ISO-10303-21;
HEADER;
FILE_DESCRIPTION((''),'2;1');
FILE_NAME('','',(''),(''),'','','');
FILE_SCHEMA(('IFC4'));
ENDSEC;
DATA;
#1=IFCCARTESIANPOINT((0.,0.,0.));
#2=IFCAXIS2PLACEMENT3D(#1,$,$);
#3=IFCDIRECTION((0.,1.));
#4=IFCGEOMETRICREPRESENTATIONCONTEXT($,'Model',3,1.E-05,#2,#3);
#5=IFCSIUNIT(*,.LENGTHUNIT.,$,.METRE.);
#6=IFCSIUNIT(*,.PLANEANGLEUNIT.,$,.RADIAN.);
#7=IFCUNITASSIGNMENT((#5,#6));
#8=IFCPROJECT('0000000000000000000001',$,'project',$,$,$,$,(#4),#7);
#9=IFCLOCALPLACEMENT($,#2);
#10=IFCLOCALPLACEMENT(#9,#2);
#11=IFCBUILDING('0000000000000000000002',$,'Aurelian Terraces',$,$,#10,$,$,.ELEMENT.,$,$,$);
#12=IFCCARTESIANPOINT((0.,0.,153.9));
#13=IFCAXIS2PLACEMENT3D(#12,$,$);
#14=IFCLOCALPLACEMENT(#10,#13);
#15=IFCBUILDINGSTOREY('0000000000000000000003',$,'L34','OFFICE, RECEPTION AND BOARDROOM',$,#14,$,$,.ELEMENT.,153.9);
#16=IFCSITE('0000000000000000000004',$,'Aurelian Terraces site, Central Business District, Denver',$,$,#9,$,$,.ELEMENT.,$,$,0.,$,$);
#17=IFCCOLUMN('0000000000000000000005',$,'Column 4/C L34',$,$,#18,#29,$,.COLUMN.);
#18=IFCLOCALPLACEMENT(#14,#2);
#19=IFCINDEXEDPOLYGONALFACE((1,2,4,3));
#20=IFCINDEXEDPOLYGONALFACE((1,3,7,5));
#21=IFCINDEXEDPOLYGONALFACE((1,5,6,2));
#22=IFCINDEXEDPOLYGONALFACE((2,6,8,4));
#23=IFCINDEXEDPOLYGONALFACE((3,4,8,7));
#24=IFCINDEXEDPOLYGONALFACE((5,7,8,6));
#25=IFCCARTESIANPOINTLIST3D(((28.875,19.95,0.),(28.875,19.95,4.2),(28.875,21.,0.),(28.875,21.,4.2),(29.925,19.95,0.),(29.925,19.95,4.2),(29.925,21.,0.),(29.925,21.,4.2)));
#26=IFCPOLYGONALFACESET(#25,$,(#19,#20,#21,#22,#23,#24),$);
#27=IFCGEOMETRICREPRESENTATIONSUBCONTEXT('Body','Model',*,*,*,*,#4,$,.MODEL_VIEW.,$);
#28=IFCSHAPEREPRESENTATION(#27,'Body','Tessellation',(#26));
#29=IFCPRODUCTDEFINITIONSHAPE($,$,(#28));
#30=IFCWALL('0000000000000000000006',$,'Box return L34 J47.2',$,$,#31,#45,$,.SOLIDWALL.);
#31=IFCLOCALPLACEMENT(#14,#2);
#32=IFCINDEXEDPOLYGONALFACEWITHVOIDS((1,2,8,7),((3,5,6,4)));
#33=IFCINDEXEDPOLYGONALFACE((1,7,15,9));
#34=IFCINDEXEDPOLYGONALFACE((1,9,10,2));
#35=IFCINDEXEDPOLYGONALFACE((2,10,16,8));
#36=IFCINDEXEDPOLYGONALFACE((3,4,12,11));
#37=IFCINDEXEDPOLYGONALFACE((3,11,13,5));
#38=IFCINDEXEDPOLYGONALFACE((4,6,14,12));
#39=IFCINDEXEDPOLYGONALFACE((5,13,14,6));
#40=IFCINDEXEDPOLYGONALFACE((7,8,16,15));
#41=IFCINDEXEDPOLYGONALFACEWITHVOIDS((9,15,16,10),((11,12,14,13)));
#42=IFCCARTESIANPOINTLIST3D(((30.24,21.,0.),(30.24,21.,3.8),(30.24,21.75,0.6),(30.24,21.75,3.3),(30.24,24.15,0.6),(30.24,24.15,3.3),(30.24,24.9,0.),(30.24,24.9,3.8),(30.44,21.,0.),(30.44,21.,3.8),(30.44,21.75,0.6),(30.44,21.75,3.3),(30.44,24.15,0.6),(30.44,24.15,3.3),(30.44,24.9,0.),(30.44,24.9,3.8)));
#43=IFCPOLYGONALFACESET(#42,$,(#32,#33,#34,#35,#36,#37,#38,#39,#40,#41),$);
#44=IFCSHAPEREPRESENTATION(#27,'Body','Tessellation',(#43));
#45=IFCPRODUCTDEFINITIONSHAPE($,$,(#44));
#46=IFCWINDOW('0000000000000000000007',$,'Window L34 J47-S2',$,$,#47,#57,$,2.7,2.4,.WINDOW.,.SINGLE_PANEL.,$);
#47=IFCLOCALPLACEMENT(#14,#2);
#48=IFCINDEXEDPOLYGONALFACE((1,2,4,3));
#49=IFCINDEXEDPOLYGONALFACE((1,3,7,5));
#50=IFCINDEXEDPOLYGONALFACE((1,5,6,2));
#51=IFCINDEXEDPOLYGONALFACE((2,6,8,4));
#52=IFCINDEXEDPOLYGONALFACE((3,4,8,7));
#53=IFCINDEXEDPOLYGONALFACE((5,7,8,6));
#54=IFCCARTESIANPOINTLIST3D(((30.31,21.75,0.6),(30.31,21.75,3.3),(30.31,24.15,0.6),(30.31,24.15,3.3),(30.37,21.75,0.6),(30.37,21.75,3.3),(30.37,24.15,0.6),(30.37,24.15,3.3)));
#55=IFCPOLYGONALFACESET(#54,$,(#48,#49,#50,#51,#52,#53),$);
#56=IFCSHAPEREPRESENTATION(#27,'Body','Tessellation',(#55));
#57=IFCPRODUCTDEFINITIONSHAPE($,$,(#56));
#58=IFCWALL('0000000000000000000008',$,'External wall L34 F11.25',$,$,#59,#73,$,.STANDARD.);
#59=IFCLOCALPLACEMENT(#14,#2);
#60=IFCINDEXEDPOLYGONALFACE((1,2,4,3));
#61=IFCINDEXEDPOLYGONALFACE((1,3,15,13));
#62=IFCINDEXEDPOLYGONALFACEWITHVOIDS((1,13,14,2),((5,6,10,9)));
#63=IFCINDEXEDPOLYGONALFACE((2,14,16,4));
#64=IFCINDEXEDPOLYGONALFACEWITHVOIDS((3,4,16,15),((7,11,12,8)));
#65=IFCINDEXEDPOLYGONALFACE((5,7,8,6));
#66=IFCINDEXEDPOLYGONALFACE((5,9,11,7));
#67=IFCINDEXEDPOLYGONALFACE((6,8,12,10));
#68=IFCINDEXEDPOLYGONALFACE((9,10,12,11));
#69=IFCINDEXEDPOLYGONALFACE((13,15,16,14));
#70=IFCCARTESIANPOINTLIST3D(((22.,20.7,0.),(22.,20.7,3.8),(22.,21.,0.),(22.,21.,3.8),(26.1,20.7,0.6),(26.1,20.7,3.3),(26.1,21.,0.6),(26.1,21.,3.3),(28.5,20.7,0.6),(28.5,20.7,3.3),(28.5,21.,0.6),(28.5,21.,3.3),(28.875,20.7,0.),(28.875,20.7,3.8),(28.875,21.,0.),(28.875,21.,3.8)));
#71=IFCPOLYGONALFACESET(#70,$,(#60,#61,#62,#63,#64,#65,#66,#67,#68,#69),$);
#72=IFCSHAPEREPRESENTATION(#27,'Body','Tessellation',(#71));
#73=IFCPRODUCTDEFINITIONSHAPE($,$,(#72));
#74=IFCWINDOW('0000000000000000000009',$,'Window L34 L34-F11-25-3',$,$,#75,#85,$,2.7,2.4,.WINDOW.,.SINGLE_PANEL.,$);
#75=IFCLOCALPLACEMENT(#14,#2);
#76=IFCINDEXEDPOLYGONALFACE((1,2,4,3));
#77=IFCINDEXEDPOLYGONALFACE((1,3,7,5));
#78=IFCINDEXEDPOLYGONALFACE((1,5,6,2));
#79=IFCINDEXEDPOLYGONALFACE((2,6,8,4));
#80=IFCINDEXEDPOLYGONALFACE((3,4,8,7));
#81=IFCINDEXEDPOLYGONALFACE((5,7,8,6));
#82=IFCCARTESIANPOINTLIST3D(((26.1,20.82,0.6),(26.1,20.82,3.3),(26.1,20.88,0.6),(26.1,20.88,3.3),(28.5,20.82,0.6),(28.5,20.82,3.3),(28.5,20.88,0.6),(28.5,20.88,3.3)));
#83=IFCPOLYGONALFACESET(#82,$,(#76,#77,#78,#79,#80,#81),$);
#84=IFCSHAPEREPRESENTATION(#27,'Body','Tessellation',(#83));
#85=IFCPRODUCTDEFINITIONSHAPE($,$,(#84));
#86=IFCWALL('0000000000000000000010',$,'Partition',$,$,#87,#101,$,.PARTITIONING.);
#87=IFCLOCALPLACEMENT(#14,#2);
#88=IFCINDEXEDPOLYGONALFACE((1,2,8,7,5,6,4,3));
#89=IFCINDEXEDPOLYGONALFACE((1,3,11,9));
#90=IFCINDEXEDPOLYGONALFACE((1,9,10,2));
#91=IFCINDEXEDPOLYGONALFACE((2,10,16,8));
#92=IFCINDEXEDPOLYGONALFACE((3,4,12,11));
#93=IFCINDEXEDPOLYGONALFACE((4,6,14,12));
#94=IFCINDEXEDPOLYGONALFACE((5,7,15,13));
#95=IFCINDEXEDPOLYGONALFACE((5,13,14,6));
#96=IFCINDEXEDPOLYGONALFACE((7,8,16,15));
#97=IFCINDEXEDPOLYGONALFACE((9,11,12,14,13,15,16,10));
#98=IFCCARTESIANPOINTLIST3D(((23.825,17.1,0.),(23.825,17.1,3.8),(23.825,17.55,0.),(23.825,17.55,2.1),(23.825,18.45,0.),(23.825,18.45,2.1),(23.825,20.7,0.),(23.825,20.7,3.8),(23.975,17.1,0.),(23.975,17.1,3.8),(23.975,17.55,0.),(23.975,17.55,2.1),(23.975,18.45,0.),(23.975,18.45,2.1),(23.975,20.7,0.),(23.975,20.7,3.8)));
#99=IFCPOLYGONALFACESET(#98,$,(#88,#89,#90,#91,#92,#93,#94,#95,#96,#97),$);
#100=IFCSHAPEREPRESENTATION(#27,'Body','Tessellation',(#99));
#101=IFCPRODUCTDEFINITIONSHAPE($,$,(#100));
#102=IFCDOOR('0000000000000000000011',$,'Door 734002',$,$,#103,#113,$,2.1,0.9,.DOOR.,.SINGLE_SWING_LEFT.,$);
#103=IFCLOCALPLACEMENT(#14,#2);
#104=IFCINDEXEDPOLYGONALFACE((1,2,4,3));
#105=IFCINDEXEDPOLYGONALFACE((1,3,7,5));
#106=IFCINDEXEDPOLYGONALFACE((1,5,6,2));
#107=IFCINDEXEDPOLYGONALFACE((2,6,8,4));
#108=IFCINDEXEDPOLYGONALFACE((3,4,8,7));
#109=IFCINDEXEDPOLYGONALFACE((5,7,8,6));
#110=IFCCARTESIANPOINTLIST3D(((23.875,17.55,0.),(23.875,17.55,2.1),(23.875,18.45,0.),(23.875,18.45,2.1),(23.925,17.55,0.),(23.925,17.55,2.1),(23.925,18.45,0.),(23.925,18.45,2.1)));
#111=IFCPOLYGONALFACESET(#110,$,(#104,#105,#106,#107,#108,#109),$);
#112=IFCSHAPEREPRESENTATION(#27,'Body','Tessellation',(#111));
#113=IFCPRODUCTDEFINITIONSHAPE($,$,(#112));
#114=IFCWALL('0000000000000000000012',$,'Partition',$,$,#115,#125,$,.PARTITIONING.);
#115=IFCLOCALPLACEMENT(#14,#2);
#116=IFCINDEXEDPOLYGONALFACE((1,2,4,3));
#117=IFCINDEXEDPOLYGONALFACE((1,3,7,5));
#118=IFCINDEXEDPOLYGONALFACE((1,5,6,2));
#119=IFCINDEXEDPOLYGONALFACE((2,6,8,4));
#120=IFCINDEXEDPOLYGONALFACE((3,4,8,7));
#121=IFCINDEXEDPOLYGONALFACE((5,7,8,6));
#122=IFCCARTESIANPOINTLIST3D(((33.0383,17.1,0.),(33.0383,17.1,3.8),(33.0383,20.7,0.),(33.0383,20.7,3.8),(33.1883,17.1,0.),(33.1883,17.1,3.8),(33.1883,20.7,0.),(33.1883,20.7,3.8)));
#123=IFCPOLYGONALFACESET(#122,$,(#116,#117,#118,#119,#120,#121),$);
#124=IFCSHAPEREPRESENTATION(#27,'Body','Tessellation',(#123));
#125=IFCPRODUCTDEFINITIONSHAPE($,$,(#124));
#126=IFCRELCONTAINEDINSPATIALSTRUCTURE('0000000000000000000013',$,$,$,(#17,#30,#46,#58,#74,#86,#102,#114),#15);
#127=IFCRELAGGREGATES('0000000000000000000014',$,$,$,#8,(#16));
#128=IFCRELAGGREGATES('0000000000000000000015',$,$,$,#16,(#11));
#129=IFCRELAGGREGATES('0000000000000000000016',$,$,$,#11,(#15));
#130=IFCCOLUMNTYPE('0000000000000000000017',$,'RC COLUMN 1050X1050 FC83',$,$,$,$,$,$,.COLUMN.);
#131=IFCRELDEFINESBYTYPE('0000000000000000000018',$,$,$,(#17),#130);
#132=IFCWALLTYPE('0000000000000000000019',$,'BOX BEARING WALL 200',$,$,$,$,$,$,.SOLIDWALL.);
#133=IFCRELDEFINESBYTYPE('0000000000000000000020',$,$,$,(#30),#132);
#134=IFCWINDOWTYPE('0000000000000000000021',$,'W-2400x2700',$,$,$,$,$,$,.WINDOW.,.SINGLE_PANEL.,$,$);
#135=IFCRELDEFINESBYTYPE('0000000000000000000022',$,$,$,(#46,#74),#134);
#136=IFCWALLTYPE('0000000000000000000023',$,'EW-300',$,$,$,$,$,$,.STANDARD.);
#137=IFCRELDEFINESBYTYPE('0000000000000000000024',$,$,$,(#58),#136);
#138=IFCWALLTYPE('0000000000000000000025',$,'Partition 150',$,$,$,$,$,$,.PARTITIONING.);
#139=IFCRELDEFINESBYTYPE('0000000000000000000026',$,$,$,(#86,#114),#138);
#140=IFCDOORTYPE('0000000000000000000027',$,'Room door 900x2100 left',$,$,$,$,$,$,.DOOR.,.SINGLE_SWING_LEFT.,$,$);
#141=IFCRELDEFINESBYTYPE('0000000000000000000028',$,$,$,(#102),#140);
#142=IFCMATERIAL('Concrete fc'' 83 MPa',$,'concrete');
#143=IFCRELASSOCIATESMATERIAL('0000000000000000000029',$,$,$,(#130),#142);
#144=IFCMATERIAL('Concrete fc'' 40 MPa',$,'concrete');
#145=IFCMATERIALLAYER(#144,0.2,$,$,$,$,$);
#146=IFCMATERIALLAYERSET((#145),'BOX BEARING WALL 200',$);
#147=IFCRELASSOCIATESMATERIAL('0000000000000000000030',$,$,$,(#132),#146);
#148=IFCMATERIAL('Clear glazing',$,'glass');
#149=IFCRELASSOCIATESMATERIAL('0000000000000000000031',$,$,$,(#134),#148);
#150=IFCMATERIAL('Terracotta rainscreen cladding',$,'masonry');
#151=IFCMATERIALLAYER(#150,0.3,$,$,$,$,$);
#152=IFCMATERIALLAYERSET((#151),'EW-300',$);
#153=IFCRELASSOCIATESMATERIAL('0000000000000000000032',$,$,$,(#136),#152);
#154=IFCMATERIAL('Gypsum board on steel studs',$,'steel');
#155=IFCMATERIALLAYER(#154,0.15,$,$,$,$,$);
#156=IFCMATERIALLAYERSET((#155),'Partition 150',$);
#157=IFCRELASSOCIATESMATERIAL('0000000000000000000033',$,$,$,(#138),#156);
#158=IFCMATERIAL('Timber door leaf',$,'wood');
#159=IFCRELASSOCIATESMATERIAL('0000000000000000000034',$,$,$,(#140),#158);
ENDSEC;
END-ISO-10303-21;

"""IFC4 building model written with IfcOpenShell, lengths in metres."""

from ifc_helpers import new_model, si_unit, direction, frame, frame_2d, origin, origin_2d, place, context, subcontext, project, spatial, rectangle, extrude, source, transform, mapped, material, layer, layer_set, material_profile, profile_set, type_object, element, fill, save


model = new_model("IFC4")

# Units and contexts
model_context = context("Model", 3, precision=1e-05, world=origin(), true_north=direction((0.0, 1.0)))
body_context = subcontext(model_context, "Body", "Model", "MODEL_VIEW")
ifc_project = project(units=[si_unit("LENGTHUNIT", "METRE"), si_unit("PLANEANGLEUNIT", "RADIAN")], contexts=[model_context])

# Site, building, storey
site_placement = place(None, origin())
site = spatial("IfcSite", under=ifc_project, at=site_placement, Name="Aurelian Terraces site, Central Business District, Denver", CompositionType="ELEMENT", RefElevation=0.0)
building_placement = place(site_placement, origin())
building = spatial("IfcBuilding", under=site, at=building_placement, Name="Aurelian Terraces", CompositionType="ELEMENT")
storey_placement = place(building_placement, frame((0.0, 0.0, 153.9)))
storey = spatial("IfcBuildingStorey", under=building, at=storey_placement, Name="L34", Description="OFFICE, RECEPTION AND BOARDROOM", CompositionType="ELEMENT", Elevation=153.9)

# Column
ifc_material_1 = material(Name="Concrete fc' 83 MPa", Category="concrete")
ifc_material_profile = material_profile(ifc_material_1, rectangle(XDim=1.05, YDim=1.05, at=origin_2d()))
ifc_profile_set = profile_set([ifc_material_profile], Name="Concrete fc' 83 MPa")
column_type = type_object("IfcColumnType", Name="RC COLUMN 1050X1050 FC83", PredefinedType="COLUMN", material=ifc_profile_set)
shared_shape_1 = source(origin(), body_context, "Body", "SweptSolid", [
    extrude(rectangle(XDim=1.05, YDim=1.05, at=origin_2d()), origin(), (0.0, 0.0, 1.0), 4.2),
])
column_placement = place(storey_placement, frame((29.4, 20.475, 0.0), z_axis=(0.0, 0.0, 1.0), x_axis=(1.0, 0.0, 0.0)))
element("IfcColumn", 1, at=column_placement, inside=storey, type_object=column_type, Name="Column 4/C L34", PredefinedType="COLUMN", context=body_context, shape_type="MappedRepresentation", body=[
    mapped(shared_shape_1, transform((0.0, 0.0, 0.0), scale=1.0)),
])

# Walls, openings, windows
ifc_material_2 = material(Name="Concrete fc' 40 MPa", Category="concrete")
ifc_layer_1 = layer(ifc_material_2, 0.2)
ifc_layer_set_1 = layer_set([ifc_layer_1], Name="BOX BEARING WALL 200")
wall_type_1 = type_object("IfcWallType", Name="BOX BEARING WALL 200", PredefinedType="SOLIDWALL", material=ifc_layer_set_1)
shared_shape_2 = source(origin(), body_context, "Body", "SweptSolid", [
    extrude(rectangle(XDim=3.9, YDim=0.2, at=frame_2d((1.95, 0.0))), origin(), (0.0, 0.0, 1.0), 3.8),
])
wall_1_placement = place(storey_placement, frame((30.34, 21.0, 0.0), z_axis=(0.0, 0.0, 1.0), x_axis=(0.0, 1.0, 0.0)))
wall_1 = element("IfcWall", 2, at=wall_1_placement, inside=storey, type_object=wall_type_1, Name="Box return L34 J47.2", PredefinedType="SOLIDWALL", context=body_context, shape_type="MappedRepresentation", body=[
    mapped(shared_shape_2, transform((0.0, 0.0, 0.0), scale=1.0)),
])
shared_shape_3 = source(origin(), body_context, "Body", "SweptSolid", [
    extrude(rectangle(XDim=2.4, YDim=2.7, at=frame_2d((1.2, 1.35))), frame((0.0, 0.11, 0.0), z_axis=(0.0, -1.0, 0.0), x_axis=(1.0, 0.0, 0.0)), (0.0, 0.0, 1.0), 0.22),
])
opening_1_placement = place(wall_1_placement, frame((0.75, 0.0, 0.6)))
opening_1 = element("IfcOpeningElement", 3, at=opening_1_placement, cuts=wall_1, PredefinedType="OPENING", context=body_context, shape_type="MappedRepresentation", body=[
    mapped(shared_shape_3, transform((0.0, 0.0, 0.0), scale=1.0)),
])
ifc_material_3 = material(Name="Clear glazing", Category="glass")
window_type = type_object("IfcWindowType", Name="W-2400x2700", PartitioningType="SINGLE_PANEL", PredefinedType="WINDOW", material=ifc_material_3)
shared_shape_4 = source(origin(), body_context, "Body", "SweptSolid", [
    extrude(rectangle(XDim=2.4, YDim=2.7, at=frame_2d((1.2, 1.35))), frame((0.0, 0.03, 0.0), z_axis=(0.0, -1.0, 0.0), x_axis=(1.0, 0.0, 0.0)), (0.0, 0.0, 1.0), 0.06),
])
window_1_placement = place(opening_1_placement, origin())
window_1 = element("IfcWindow", 4, at=window_1_placement, inside=storey, type_object=window_type, Name="Window L34 J47-S2", OverallHeight=2.7, OverallWidth=2.4, PartitioningType="SINGLE_PANEL", PredefinedType="WINDOW", context=body_context, shape_type="MappedRepresentation", body=[
    mapped(shared_shape_4, transform((0.0, 0.0, 0.0), scale=1.0)),
])
fill(opening_1, window_1)
ifc_material_4 = material(Name="Terracotta rainscreen cladding", Category="masonry")
ifc_layer_2 = layer(ifc_material_4, 0.3)
ifc_layer_set_2 = layer_set([ifc_layer_2], Name="EW-300")
wall_type_2 = type_object("IfcWallType", Name="EW-300", PredefinedType="STANDARD", material=ifc_layer_set_2)
shared_shape_5 = source(origin(), body_context, "Body", "SweptSolid", [
    extrude(rectangle(XDim=6.875, YDim=0.3, at=frame_2d((3.4375, 0.0))), origin(), (0.0, 0.0, 1.0), 3.8),
])
wall_2_placement = place(storey_placement, frame((28.875, 20.85, 0.0), z_axis=(0.0, 0.0, 1.0), x_axis=(-1.0, 0.0, 0.0)))
wall_2 = element("IfcWall", 5, at=wall_2_placement, inside=storey, type_object=wall_type_2, Name="External wall L34 F11.25", PredefinedType="STANDARD", context=body_context, shape_type="MappedRepresentation", body=[
    mapped(shared_shape_5, transform((0.0, 0.0, 0.0), scale=1.0)),
])
shared_shape_6 = source(origin(), body_context, "Body", "SweptSolid", [
    extrude(rectangle(XDim=2.4, YDim=2.7, at=frame_2d((1.2, 1.35))), frame((0.0, 0.16, 0.0), z_axis=(0.0, -1.0, 0.0), x_axis=(1.0, 0.0, 0.0)), (0.0, 0.0, 1.0), 0.32),
])
opening_2_placement = place(wall_2_placement, frame((0.375, 0.0, 0.6)))
opening_2 = element("IfcOpeningElement", 6, at=opening_2_placement, cuts=wall_2, PredefinedType="OPENING", context=body_context, shape_type="MappedRepresentation", body=[
    mapped(shared_shape_6, transform((0.0, 0.0, 0.0), scale=1.0)),
])
window_2_placement = place(opening_2_placement, origin())
window_2 = element("IfcWindow", 7, at=window_2_placement, inside=storey, type_object=window_type, Name="Window L34 L34-F11-25-3", OverallHeight=2.7, OverallWidth=2.4, PartitioningType="SINGLE_PANEL", PredefinedType="WINDOW", context=body_context, shape_type="MappedRepresentation", body=[
    mapped(shared_shape_4, transform((0.0, 0.0, 0.0), scale=1.0)),
])
fill(opening_2, window_2)

# Wall, opening, door
ifc_material_5 = material(Name="Gypsum board on steel studs", Category="steel")
ifc_layer_3 = layer(ifc_material_5, 0.15)
ifc_layer_set_3 = layer_set([ifc_layer_3], Name="Partition 150")
wall_type_3 = type_object("IfcWallType", Name="Partition 150", PredefinedType="PARTITIONING", material=ifc_layer_set_3)
shared_shape_7 = source(origin(), body_context, "Body", "SweptSolid", [
    extrude(rectangle(XDim=3.6, YDim=0.15, at=frame_2d((1.8, 0.0))), origin(), (0.0, 0.0, 1.0), 3.8),
])
wall_3_placement = place(storey_placement, frame((23.9, 20.7, 0.0), z_axis=(0.0, 0.0, 1.0), x_axis=(0.0, -1.0, 0.0)))
wall_3 = element("IfcWall", 8, at=wall_3_placement, inside=storey, type_object=wall_type_3, Name="Partition", PredefinedType="PARTITIONING", context=body_context, shape_type="MappedRepresentation", body=[
    mapped(shared_shape_7, transform((0.0, 0.0, 0.0), scale=1.0)),
])
shared_shape_8 = source(origin(), body_context, "Body", "SweptSolid", [
    extrude(rectangle(XDim=0.9, YDim=2.1, at=frame_2d((0.45, 1.05))), frame((0.0, 0.085, 0.0), z_axis=(0.0, -1.0, 0.0), x_axis=(1.0, 0.0, 0.0)), (0.0, 0.0, 1.0), 0.17),
])
opening_3_placement = place(wall_3_placement, frame((2.25, 0.0, 0.0)))
opening_3 = element("IfcOpeningElement", 9, at=opening_3_placement, cuts=wall_3, PredefinedType="OPENING", context=body_context, shape_type="MappedRepresentation", body=[
    mapped(shared_shape_8, transform((0.0, 0.0, 0.0), scale=1.0)),
])
ifc_material_6 = material(Name="Timber door leaf", Category="wood")
door_type_1 = type_object("IfcDoorType", Name="Room door 900x2100 left", OperationType="SINGLE_SWING_LEFT", PredefinedType="DOOR", material=ifc_material_6)
shared_shape_9 = source(origin(), body_context, "Body", "SweptSolid", [
    extrude(rectangle(XDim=0.9, YDim=2.1, at=frame_2d((0.45, 1.05))), frame((0.0, 0.025, 0.0), z_axis=(0.0, -1.0, 0.0), x_axis=(1.0, 0.0, 0.0)), (0.0, 0.0, 1.0), 0.05),
])
door_1_placement = place(opening_3_placement, origin())
door_1 = element("IfcDoor", 10, at=door_1_placement, inside=storey, type_object=door_type_1, Name="Door 734002", OperationType="SINGLE_SWING_LEFT", OverallHeight=2.1, OverallWidth=0.9, PredefinedType="DOOR", context=body_context, shape_type="MappedRepresentation", body=[
    mapped(shared_shape_9, transform((0.0, 0.0, 0.0), scale=1.0)),
])
fill(opening_3, door_1)

# Wall
wall_4_placement = place(storey_placement, frame((33.1133, 20.7, 0.0), z_axis=(0.0, 0.0, 1.0), x_axis=(0.0, -1.0, 0.0)))
element("IfcWall", 11, at=wall_4_placement, inside=storey, type_object=wall_type_3, Name="Partition", PredefinedType="PARTITIONING", context=body_context, shape_type="MappedRepresentation", body=[
    mapped(shared_shape_7, transform((0.0, 0.0, 0.0), scale=1.0)),
])

save(model, "model.ifc")
